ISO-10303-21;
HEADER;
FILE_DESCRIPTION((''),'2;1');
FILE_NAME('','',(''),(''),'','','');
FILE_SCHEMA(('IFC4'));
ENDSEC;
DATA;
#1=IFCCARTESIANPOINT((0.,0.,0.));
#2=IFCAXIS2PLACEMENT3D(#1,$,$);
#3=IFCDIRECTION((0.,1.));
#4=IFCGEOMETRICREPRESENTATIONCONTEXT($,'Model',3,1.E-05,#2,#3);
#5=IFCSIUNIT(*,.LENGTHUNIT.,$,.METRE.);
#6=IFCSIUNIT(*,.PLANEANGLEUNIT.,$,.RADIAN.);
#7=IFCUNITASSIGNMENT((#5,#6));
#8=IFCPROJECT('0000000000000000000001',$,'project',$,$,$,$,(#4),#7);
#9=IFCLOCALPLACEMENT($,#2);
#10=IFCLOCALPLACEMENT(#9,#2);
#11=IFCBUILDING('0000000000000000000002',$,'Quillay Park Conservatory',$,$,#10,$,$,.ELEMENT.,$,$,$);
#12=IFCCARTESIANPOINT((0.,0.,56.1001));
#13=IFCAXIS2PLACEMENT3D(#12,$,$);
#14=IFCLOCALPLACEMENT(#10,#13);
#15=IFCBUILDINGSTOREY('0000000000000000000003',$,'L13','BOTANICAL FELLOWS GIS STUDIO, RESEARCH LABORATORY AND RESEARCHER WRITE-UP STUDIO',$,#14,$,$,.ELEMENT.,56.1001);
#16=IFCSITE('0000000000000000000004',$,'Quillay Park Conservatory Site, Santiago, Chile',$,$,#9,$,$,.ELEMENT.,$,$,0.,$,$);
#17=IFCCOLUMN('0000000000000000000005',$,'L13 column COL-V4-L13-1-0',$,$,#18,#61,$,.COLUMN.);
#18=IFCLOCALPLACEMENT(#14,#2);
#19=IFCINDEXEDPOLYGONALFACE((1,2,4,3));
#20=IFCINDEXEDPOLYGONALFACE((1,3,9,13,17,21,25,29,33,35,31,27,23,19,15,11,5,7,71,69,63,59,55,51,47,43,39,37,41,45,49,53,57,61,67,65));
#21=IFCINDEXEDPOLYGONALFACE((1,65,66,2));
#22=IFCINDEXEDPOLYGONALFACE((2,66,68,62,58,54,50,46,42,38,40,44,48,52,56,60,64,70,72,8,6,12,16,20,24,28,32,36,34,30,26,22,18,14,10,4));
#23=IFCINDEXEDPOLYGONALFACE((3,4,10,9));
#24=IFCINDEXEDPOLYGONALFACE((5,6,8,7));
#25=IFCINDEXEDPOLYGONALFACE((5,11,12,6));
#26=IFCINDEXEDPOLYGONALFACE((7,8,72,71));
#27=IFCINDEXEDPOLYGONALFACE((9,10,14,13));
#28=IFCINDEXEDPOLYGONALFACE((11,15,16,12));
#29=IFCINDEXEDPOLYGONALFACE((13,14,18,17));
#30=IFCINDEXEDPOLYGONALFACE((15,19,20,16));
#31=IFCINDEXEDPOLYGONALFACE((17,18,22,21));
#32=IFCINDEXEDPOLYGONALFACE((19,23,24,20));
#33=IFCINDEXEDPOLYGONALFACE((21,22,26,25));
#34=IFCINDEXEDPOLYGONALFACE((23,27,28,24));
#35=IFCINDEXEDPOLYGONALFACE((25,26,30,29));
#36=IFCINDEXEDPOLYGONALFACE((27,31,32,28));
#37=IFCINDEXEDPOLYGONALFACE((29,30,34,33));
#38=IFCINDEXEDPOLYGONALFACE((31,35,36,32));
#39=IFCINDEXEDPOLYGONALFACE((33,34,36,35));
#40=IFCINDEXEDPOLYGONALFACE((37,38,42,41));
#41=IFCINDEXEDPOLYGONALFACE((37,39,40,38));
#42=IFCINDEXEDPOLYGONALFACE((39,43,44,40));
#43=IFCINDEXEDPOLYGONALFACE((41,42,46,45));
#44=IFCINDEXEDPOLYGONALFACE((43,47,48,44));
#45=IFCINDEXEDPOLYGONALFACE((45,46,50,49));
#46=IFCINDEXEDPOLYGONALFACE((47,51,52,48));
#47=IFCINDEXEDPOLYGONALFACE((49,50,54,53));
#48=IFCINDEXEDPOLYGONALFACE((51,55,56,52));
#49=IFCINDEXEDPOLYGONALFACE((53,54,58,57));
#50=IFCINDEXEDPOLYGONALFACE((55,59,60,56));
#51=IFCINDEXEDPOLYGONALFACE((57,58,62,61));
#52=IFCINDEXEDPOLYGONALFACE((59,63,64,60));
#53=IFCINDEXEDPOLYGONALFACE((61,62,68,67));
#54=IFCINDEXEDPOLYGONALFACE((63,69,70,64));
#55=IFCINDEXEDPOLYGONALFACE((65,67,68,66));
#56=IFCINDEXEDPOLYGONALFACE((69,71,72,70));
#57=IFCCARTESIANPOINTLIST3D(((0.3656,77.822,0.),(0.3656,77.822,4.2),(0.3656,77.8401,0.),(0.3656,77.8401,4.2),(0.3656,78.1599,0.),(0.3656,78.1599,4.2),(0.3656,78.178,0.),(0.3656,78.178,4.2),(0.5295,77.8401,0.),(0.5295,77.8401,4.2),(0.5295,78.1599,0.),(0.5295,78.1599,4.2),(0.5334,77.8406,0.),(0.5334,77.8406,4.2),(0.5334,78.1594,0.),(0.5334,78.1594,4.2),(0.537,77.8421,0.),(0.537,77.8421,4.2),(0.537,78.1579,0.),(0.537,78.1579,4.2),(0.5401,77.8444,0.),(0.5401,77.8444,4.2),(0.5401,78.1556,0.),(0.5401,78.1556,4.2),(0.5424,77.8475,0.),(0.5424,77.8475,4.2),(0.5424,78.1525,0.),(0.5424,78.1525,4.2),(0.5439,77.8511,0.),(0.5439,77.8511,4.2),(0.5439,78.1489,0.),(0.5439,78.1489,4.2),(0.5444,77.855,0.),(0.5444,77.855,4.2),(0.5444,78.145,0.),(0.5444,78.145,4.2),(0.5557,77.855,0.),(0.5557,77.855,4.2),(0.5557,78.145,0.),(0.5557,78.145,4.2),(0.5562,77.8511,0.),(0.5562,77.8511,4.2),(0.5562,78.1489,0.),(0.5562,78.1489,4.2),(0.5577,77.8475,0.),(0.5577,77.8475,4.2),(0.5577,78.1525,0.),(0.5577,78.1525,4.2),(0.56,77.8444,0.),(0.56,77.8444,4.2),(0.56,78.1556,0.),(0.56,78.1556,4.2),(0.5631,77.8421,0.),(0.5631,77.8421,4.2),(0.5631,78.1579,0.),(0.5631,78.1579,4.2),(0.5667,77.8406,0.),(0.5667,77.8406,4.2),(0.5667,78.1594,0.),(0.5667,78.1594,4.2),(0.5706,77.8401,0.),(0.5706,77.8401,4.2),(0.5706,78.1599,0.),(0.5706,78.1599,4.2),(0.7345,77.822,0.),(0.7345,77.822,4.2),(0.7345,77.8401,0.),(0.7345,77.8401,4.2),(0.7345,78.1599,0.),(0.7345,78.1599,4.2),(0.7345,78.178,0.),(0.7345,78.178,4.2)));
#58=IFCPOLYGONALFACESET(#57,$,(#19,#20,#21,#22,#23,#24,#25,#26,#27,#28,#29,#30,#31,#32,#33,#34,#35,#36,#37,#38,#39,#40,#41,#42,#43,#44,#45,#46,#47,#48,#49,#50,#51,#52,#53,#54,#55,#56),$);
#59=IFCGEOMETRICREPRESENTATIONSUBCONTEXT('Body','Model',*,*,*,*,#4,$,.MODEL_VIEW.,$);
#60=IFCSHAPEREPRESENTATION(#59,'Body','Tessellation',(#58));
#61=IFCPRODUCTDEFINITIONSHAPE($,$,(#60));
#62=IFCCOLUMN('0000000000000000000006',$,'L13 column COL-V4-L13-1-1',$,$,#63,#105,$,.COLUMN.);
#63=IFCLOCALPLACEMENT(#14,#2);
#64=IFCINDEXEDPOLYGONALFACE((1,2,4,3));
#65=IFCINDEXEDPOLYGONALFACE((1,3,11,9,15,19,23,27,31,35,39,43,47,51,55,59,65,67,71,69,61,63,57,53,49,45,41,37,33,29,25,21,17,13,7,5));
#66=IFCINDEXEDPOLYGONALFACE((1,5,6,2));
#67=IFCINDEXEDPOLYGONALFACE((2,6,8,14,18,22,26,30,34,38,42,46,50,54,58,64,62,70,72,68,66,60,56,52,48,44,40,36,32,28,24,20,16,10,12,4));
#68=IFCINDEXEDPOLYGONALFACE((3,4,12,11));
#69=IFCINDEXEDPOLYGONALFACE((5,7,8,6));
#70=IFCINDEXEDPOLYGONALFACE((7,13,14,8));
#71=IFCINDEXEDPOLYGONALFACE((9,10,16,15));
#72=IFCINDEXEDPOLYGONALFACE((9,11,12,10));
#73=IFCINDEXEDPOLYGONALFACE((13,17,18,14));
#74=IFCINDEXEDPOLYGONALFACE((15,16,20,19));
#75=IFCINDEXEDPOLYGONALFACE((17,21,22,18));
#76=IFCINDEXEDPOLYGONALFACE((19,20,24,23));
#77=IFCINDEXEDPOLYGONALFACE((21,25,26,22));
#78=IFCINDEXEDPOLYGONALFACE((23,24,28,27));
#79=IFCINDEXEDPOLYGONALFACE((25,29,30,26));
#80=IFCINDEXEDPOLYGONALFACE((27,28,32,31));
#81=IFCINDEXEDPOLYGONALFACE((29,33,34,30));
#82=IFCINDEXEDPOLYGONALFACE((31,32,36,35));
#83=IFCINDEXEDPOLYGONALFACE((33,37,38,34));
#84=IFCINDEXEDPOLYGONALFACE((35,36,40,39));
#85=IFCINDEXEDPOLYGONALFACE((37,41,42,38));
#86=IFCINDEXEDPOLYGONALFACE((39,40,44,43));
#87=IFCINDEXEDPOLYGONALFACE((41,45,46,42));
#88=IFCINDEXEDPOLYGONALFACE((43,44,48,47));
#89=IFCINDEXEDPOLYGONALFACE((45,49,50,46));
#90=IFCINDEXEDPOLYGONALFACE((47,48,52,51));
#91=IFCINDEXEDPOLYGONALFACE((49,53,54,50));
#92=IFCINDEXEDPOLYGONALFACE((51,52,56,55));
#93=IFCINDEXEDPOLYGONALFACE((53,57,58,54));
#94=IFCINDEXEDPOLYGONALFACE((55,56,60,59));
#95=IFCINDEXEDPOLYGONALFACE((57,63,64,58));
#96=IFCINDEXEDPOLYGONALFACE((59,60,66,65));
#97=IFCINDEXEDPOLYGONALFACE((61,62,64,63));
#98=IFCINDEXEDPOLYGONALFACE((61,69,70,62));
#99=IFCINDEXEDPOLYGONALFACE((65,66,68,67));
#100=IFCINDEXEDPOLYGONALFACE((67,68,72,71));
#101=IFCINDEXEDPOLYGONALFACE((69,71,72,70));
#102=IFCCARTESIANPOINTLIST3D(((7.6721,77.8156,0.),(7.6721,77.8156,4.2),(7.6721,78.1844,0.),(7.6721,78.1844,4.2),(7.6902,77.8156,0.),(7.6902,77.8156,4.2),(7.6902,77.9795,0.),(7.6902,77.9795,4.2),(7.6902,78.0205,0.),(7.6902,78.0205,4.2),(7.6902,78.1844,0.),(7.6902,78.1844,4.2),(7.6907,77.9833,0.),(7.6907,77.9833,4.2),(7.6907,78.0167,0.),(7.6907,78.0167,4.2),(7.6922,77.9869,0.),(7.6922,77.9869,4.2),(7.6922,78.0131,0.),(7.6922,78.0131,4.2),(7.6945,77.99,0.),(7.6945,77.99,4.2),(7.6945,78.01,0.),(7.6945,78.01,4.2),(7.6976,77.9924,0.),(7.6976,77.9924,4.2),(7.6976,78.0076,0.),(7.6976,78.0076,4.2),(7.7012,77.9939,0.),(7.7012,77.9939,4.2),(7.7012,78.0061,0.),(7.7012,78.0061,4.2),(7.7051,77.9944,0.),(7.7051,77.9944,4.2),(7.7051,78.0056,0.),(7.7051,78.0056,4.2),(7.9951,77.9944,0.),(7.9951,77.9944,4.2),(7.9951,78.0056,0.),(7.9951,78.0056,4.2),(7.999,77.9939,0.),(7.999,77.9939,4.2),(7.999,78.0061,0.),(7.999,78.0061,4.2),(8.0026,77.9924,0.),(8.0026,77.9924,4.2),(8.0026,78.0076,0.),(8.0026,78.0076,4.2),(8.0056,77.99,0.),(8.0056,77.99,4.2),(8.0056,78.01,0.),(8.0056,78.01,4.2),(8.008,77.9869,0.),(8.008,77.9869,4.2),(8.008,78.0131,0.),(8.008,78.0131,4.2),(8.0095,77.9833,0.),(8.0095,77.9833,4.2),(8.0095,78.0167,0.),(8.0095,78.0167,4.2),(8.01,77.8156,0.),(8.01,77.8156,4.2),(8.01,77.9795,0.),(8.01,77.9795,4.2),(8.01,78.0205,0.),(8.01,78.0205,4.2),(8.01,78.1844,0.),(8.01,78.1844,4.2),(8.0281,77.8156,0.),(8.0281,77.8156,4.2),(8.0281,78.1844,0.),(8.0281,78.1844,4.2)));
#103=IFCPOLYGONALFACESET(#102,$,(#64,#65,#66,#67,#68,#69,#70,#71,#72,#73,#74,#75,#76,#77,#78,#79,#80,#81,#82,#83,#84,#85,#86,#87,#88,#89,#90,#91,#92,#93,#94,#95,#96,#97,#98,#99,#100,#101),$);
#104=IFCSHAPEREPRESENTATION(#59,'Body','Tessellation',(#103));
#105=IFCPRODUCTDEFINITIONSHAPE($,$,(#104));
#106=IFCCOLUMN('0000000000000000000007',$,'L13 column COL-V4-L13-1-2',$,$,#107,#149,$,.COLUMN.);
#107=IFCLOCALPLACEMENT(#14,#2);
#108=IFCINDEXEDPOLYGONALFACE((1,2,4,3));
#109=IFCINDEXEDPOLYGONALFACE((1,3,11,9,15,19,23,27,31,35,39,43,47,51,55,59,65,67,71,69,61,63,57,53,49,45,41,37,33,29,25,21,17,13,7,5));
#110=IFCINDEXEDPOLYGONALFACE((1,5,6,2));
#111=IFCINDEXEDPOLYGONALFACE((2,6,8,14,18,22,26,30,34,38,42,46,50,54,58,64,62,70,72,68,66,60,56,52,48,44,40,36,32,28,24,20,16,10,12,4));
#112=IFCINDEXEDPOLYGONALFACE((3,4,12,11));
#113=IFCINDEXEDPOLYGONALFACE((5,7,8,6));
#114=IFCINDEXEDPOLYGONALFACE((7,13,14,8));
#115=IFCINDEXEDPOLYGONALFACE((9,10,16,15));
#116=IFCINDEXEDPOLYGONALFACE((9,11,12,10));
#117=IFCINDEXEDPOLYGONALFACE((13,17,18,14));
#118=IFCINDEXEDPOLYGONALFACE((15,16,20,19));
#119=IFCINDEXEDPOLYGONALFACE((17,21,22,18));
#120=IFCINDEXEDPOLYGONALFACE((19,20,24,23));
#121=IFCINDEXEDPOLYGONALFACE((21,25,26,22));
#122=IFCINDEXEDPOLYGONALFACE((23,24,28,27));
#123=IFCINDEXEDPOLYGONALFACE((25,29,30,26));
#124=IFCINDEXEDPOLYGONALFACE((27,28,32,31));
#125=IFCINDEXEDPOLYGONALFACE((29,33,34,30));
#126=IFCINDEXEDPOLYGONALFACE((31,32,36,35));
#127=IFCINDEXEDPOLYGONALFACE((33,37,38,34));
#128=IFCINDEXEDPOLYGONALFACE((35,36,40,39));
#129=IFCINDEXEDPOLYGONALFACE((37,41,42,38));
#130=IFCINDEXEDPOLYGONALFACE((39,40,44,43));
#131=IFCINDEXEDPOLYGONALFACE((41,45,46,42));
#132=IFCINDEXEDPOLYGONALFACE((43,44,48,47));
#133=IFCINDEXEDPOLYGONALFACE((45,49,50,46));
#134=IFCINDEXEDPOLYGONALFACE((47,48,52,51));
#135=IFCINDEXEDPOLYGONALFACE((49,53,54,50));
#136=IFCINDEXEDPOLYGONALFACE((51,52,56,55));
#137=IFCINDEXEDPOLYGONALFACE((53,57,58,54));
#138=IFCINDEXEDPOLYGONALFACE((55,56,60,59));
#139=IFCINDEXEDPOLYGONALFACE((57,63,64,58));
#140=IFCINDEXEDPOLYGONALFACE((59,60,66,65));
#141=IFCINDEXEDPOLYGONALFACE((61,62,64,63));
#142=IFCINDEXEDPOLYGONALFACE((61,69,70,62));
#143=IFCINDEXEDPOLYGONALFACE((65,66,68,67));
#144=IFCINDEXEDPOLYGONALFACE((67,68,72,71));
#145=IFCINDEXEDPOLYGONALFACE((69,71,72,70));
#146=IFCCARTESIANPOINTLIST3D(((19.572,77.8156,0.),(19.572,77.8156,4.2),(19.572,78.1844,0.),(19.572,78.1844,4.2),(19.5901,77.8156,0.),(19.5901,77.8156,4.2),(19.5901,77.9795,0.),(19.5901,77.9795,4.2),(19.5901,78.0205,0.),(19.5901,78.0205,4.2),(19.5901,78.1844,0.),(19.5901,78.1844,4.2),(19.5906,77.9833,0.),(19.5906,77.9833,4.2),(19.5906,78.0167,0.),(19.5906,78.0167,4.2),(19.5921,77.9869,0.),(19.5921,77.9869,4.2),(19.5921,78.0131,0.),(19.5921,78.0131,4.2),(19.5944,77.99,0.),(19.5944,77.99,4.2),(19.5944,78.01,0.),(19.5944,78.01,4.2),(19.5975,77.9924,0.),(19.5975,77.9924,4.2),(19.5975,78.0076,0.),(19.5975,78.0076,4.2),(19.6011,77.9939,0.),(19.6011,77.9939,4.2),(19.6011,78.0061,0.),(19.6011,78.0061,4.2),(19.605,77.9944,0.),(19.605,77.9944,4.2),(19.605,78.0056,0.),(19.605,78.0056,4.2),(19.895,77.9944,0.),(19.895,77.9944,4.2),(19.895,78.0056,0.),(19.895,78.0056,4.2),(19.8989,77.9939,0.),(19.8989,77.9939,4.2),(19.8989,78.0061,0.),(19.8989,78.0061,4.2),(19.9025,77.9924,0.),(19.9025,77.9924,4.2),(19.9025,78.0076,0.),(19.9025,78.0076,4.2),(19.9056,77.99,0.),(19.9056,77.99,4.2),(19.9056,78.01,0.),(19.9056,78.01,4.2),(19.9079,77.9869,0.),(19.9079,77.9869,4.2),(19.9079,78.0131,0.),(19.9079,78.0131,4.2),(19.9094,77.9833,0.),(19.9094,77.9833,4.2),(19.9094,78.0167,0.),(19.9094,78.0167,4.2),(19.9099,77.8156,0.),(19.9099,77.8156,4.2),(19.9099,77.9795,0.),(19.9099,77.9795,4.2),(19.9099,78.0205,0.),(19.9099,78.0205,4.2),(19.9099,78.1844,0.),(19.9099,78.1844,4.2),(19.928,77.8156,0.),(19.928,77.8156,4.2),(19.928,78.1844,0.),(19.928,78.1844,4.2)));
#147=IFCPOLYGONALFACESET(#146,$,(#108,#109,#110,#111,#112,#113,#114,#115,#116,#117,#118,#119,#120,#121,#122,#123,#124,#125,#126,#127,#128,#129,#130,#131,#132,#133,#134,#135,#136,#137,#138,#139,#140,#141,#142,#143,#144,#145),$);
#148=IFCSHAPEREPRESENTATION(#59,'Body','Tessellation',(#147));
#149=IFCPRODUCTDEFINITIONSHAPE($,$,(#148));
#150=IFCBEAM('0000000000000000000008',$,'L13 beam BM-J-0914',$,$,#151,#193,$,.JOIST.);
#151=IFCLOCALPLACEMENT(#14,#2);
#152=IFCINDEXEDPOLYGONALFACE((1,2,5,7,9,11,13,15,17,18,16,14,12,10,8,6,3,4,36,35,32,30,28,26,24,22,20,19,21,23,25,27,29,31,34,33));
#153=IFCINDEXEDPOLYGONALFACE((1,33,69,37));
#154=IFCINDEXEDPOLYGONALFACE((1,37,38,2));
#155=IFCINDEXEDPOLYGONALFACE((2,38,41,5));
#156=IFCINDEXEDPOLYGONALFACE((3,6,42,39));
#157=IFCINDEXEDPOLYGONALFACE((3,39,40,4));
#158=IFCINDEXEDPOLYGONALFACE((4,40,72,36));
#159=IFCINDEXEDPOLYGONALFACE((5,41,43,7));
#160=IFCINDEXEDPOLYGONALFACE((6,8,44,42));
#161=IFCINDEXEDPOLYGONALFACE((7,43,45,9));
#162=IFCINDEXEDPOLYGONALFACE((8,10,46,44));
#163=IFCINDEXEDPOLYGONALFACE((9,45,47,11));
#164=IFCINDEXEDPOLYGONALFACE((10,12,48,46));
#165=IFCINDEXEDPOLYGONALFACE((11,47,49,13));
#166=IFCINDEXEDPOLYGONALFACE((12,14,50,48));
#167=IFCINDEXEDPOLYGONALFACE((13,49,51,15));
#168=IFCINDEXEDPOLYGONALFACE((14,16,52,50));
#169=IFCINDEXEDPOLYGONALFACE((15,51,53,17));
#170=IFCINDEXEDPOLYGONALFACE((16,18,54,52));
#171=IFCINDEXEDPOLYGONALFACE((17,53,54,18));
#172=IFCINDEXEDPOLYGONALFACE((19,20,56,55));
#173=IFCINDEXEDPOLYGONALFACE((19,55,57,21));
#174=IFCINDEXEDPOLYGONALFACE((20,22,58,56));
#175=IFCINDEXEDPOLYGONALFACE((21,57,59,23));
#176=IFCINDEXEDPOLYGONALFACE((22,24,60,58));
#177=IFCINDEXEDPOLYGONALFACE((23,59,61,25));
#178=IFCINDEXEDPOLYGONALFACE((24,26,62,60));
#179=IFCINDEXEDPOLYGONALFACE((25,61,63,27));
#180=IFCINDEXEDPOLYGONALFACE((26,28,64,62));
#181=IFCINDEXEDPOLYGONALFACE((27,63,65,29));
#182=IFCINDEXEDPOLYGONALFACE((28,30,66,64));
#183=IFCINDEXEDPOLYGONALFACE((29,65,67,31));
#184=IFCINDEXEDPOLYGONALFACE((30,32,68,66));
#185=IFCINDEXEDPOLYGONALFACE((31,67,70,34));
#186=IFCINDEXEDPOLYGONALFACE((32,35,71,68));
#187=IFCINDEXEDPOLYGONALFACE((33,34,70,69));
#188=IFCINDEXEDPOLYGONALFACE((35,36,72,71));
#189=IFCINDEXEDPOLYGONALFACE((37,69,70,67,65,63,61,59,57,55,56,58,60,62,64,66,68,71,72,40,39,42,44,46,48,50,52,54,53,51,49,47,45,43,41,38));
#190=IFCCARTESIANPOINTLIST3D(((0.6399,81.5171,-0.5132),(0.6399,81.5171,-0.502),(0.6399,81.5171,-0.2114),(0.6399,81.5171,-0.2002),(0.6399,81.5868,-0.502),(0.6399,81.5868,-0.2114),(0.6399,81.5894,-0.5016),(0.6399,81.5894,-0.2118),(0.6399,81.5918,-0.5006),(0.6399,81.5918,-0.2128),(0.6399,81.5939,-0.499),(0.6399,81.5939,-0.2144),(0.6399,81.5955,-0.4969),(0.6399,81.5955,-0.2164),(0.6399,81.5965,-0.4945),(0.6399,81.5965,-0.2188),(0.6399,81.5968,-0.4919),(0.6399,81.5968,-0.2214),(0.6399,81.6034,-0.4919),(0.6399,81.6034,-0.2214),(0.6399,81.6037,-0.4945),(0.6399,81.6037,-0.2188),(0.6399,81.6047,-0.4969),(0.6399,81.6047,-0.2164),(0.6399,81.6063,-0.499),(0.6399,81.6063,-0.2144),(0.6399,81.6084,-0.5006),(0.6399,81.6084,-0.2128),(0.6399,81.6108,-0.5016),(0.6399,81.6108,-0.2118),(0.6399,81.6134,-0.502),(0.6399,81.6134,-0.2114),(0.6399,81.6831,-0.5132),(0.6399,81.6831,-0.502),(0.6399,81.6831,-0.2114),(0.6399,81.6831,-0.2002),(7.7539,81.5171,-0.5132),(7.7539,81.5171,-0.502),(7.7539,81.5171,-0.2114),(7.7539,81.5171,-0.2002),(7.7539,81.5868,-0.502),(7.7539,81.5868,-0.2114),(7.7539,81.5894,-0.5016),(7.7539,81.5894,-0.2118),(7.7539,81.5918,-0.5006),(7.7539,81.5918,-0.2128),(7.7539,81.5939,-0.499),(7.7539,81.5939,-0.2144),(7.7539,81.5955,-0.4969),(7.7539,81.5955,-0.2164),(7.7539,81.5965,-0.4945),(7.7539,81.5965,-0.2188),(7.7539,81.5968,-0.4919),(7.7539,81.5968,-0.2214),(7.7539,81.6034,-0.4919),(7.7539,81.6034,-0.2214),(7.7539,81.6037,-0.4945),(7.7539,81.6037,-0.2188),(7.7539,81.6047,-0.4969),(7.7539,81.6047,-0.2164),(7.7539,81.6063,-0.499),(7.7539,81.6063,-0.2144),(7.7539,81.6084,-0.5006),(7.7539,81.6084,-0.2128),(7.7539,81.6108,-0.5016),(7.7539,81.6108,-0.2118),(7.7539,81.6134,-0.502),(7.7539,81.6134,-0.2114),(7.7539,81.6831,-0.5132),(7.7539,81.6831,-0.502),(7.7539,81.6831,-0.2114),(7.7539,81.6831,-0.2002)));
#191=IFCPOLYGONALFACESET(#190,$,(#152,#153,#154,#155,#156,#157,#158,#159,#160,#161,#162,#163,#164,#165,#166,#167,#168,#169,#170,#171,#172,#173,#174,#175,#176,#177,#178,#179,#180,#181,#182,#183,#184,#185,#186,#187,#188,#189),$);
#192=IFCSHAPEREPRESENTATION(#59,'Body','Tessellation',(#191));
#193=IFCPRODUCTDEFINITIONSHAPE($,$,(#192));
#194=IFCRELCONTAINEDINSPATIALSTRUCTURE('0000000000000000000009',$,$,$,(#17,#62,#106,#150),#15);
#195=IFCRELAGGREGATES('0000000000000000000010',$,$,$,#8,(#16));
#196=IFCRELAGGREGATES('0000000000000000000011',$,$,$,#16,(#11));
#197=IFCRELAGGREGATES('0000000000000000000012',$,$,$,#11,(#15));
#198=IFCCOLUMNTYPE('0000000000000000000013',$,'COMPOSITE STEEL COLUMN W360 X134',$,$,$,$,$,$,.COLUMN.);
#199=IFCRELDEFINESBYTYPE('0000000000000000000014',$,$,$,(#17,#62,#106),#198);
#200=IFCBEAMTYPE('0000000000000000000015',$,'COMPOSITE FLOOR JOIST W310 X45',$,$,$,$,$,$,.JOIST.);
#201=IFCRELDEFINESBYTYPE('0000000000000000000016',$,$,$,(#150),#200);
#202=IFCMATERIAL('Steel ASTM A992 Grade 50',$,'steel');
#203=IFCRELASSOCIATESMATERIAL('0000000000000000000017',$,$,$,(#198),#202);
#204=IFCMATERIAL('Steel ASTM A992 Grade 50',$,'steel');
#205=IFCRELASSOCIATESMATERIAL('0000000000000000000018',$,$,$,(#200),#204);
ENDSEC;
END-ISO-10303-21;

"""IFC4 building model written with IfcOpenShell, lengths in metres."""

from ifc_helpers import new_model, si_unit, direction, frame, origin, origin_2d, place, context, subcontext, project, spatial, i_section, extrude, material, material_profile, profile_set, type_object, element, save


model = new_model("IFC4")

# Units and contexts
model_context = context("Model", 3, precision=1e-05, world=origin(), true_north=direction((0.0, 1.0)))
body_context = subcontext(model_context, "Body", "Model", "MODEL_VIEW")
ifc_project = project(units=[si_unit("LENGTHUNIT", "METRE"), si_unit("PLANEANGLEUNIT", "RADIAN")], contexts=[model_context])

# Site, building, storey
site_placement = place(None, origin())
site = spatial("IfcSite", under=ifc_project, at=site_placement, Name="Quillay Park Conservatory Site, Santiago, Chile", CompositionType="ELEMENT", RefElevation=0.0)
building_placement = place(site_placement, origin())
building = spatial("IfcBuilding", under=site, at=building_placement, Name="Quillay Park Conservatory", CompositionType="ELEMENT")
storey_placement = place(building_placement, frame((0.0, 0.0, 56.1001)))
storey = spatial("IfcBuildingStorey", under=building, at=storey_placement, Name="L13", Description="BOTANICAL FELLOWS GIS STUDIO, RESEARCH LABORATORY AND RESEARCHER WRITE-UP STUDIO", CompositionType="ELEMENT", Elevation=56.1001)

# Columns
ifc_material_1 = material(Name="Steel ASTM A992 Grade 50", Category="steel")
ifc_material_profile_1 = material_profile(ifc_material_1, i_section(OverallWidth=0.3689, OverallDepth=0.356, WebThickness=0.0112, FlangeThickness=0.0181, FilletRadius=0.0149, at=origin_2d()), Name="W360x134")
ifc_profile_set_1 = profile_set([ifc_material_profile_1], Name="Steel ASTM A992 Grade 50")
column_type = type_object("IfcColumnType", Name="COMPOSITE STEEL COLUMN W360 X134", PredefinedType="COLUMN", material=ifc_profile_set_1)
for number, where, z_axis, x_axis, name in (
    (1, (0.55, 78.0, 0.0), (0.0, 0.0, 1.0), (1.0, 0.0, 0.0), "L13 column COL-V4-L13-1-0"),
    (2, (7.8501, 78.0, 0.0), (0.0, 0.0, 1.0), (0.0, 1.0, 0.0), "L13 column COL-V4-L13-1-1"),
    (3, (19.75, 78.0, 0.0), (0.0, 0.0, 1.0), (0.0, 1.0, 0.0), "L13 column COL-V4-L13-1-2"),
):
    element("IfcColumn", number, at=place(storey_placement, frame(where, z_axis=z_axis, x_axis=x_axis)), inside=storey, type_object=column_type, Name=name, PredefinedType="COLUMN", context=body_context, shape_type="SweptSolid", body=[
        extrude(i_section(OverallWidth=0.3689, OverallDepth=0.356, WebThickness=0.0112, FlangeThickness=0.0181, FilletRadius=0.0149, at=origin_2d()), origin(), (0.0, 0.0, 1.0), 4.2),
    ])

# Beam
ifc_material_2 = material(Name="Steel ASTM A992 Grade 50", Category="steel")
ifc_material_profile_2 = material_profile(ifc_material_2, i_section(OverallWidth=0.166, OverallDepth=0.313, WebThickness=0.0066, FlangeThickness=0.0112, FilletRadius=0.01, at=origin_2d()), Name="W310x45")
ifc_profile_set_2 = profile_set([ifc_material_profile_2], Name="Steel ASTM A992 Grade 50")
beam_type_1 = type_object("IfcBeamType", Name="COMPOSITE FLOOR JOIST W310 X45", PredefinedType="JOIST", material=ifc_profile_set_2)
beam_1_placement = place(storey_placement, frame((0.6399, 81.6001, -0.3567), z_axis=(1.0, 0.0, 0.0), x_axis=(0.0, 1.0, 0.0)))
element("IfcBeam", 4, at=beam_1_placement, inside=storey, type_object=beam_type_1, Name="L13 beam BM-J-0914", PredefinedType="JOIST", context=body_context, shape_type="SweptSolid", body=[
    extrude(i_section(OverallWidth=0.166, OverallDepth=0.313, WebThickness=0.0066, FlangeThickness=0.0112, FilletRadius=0.01, at=origin_2d()), origin(), (0.0, 0.0, 1.0), 7.114),
])

save(model, "model.ifc")
